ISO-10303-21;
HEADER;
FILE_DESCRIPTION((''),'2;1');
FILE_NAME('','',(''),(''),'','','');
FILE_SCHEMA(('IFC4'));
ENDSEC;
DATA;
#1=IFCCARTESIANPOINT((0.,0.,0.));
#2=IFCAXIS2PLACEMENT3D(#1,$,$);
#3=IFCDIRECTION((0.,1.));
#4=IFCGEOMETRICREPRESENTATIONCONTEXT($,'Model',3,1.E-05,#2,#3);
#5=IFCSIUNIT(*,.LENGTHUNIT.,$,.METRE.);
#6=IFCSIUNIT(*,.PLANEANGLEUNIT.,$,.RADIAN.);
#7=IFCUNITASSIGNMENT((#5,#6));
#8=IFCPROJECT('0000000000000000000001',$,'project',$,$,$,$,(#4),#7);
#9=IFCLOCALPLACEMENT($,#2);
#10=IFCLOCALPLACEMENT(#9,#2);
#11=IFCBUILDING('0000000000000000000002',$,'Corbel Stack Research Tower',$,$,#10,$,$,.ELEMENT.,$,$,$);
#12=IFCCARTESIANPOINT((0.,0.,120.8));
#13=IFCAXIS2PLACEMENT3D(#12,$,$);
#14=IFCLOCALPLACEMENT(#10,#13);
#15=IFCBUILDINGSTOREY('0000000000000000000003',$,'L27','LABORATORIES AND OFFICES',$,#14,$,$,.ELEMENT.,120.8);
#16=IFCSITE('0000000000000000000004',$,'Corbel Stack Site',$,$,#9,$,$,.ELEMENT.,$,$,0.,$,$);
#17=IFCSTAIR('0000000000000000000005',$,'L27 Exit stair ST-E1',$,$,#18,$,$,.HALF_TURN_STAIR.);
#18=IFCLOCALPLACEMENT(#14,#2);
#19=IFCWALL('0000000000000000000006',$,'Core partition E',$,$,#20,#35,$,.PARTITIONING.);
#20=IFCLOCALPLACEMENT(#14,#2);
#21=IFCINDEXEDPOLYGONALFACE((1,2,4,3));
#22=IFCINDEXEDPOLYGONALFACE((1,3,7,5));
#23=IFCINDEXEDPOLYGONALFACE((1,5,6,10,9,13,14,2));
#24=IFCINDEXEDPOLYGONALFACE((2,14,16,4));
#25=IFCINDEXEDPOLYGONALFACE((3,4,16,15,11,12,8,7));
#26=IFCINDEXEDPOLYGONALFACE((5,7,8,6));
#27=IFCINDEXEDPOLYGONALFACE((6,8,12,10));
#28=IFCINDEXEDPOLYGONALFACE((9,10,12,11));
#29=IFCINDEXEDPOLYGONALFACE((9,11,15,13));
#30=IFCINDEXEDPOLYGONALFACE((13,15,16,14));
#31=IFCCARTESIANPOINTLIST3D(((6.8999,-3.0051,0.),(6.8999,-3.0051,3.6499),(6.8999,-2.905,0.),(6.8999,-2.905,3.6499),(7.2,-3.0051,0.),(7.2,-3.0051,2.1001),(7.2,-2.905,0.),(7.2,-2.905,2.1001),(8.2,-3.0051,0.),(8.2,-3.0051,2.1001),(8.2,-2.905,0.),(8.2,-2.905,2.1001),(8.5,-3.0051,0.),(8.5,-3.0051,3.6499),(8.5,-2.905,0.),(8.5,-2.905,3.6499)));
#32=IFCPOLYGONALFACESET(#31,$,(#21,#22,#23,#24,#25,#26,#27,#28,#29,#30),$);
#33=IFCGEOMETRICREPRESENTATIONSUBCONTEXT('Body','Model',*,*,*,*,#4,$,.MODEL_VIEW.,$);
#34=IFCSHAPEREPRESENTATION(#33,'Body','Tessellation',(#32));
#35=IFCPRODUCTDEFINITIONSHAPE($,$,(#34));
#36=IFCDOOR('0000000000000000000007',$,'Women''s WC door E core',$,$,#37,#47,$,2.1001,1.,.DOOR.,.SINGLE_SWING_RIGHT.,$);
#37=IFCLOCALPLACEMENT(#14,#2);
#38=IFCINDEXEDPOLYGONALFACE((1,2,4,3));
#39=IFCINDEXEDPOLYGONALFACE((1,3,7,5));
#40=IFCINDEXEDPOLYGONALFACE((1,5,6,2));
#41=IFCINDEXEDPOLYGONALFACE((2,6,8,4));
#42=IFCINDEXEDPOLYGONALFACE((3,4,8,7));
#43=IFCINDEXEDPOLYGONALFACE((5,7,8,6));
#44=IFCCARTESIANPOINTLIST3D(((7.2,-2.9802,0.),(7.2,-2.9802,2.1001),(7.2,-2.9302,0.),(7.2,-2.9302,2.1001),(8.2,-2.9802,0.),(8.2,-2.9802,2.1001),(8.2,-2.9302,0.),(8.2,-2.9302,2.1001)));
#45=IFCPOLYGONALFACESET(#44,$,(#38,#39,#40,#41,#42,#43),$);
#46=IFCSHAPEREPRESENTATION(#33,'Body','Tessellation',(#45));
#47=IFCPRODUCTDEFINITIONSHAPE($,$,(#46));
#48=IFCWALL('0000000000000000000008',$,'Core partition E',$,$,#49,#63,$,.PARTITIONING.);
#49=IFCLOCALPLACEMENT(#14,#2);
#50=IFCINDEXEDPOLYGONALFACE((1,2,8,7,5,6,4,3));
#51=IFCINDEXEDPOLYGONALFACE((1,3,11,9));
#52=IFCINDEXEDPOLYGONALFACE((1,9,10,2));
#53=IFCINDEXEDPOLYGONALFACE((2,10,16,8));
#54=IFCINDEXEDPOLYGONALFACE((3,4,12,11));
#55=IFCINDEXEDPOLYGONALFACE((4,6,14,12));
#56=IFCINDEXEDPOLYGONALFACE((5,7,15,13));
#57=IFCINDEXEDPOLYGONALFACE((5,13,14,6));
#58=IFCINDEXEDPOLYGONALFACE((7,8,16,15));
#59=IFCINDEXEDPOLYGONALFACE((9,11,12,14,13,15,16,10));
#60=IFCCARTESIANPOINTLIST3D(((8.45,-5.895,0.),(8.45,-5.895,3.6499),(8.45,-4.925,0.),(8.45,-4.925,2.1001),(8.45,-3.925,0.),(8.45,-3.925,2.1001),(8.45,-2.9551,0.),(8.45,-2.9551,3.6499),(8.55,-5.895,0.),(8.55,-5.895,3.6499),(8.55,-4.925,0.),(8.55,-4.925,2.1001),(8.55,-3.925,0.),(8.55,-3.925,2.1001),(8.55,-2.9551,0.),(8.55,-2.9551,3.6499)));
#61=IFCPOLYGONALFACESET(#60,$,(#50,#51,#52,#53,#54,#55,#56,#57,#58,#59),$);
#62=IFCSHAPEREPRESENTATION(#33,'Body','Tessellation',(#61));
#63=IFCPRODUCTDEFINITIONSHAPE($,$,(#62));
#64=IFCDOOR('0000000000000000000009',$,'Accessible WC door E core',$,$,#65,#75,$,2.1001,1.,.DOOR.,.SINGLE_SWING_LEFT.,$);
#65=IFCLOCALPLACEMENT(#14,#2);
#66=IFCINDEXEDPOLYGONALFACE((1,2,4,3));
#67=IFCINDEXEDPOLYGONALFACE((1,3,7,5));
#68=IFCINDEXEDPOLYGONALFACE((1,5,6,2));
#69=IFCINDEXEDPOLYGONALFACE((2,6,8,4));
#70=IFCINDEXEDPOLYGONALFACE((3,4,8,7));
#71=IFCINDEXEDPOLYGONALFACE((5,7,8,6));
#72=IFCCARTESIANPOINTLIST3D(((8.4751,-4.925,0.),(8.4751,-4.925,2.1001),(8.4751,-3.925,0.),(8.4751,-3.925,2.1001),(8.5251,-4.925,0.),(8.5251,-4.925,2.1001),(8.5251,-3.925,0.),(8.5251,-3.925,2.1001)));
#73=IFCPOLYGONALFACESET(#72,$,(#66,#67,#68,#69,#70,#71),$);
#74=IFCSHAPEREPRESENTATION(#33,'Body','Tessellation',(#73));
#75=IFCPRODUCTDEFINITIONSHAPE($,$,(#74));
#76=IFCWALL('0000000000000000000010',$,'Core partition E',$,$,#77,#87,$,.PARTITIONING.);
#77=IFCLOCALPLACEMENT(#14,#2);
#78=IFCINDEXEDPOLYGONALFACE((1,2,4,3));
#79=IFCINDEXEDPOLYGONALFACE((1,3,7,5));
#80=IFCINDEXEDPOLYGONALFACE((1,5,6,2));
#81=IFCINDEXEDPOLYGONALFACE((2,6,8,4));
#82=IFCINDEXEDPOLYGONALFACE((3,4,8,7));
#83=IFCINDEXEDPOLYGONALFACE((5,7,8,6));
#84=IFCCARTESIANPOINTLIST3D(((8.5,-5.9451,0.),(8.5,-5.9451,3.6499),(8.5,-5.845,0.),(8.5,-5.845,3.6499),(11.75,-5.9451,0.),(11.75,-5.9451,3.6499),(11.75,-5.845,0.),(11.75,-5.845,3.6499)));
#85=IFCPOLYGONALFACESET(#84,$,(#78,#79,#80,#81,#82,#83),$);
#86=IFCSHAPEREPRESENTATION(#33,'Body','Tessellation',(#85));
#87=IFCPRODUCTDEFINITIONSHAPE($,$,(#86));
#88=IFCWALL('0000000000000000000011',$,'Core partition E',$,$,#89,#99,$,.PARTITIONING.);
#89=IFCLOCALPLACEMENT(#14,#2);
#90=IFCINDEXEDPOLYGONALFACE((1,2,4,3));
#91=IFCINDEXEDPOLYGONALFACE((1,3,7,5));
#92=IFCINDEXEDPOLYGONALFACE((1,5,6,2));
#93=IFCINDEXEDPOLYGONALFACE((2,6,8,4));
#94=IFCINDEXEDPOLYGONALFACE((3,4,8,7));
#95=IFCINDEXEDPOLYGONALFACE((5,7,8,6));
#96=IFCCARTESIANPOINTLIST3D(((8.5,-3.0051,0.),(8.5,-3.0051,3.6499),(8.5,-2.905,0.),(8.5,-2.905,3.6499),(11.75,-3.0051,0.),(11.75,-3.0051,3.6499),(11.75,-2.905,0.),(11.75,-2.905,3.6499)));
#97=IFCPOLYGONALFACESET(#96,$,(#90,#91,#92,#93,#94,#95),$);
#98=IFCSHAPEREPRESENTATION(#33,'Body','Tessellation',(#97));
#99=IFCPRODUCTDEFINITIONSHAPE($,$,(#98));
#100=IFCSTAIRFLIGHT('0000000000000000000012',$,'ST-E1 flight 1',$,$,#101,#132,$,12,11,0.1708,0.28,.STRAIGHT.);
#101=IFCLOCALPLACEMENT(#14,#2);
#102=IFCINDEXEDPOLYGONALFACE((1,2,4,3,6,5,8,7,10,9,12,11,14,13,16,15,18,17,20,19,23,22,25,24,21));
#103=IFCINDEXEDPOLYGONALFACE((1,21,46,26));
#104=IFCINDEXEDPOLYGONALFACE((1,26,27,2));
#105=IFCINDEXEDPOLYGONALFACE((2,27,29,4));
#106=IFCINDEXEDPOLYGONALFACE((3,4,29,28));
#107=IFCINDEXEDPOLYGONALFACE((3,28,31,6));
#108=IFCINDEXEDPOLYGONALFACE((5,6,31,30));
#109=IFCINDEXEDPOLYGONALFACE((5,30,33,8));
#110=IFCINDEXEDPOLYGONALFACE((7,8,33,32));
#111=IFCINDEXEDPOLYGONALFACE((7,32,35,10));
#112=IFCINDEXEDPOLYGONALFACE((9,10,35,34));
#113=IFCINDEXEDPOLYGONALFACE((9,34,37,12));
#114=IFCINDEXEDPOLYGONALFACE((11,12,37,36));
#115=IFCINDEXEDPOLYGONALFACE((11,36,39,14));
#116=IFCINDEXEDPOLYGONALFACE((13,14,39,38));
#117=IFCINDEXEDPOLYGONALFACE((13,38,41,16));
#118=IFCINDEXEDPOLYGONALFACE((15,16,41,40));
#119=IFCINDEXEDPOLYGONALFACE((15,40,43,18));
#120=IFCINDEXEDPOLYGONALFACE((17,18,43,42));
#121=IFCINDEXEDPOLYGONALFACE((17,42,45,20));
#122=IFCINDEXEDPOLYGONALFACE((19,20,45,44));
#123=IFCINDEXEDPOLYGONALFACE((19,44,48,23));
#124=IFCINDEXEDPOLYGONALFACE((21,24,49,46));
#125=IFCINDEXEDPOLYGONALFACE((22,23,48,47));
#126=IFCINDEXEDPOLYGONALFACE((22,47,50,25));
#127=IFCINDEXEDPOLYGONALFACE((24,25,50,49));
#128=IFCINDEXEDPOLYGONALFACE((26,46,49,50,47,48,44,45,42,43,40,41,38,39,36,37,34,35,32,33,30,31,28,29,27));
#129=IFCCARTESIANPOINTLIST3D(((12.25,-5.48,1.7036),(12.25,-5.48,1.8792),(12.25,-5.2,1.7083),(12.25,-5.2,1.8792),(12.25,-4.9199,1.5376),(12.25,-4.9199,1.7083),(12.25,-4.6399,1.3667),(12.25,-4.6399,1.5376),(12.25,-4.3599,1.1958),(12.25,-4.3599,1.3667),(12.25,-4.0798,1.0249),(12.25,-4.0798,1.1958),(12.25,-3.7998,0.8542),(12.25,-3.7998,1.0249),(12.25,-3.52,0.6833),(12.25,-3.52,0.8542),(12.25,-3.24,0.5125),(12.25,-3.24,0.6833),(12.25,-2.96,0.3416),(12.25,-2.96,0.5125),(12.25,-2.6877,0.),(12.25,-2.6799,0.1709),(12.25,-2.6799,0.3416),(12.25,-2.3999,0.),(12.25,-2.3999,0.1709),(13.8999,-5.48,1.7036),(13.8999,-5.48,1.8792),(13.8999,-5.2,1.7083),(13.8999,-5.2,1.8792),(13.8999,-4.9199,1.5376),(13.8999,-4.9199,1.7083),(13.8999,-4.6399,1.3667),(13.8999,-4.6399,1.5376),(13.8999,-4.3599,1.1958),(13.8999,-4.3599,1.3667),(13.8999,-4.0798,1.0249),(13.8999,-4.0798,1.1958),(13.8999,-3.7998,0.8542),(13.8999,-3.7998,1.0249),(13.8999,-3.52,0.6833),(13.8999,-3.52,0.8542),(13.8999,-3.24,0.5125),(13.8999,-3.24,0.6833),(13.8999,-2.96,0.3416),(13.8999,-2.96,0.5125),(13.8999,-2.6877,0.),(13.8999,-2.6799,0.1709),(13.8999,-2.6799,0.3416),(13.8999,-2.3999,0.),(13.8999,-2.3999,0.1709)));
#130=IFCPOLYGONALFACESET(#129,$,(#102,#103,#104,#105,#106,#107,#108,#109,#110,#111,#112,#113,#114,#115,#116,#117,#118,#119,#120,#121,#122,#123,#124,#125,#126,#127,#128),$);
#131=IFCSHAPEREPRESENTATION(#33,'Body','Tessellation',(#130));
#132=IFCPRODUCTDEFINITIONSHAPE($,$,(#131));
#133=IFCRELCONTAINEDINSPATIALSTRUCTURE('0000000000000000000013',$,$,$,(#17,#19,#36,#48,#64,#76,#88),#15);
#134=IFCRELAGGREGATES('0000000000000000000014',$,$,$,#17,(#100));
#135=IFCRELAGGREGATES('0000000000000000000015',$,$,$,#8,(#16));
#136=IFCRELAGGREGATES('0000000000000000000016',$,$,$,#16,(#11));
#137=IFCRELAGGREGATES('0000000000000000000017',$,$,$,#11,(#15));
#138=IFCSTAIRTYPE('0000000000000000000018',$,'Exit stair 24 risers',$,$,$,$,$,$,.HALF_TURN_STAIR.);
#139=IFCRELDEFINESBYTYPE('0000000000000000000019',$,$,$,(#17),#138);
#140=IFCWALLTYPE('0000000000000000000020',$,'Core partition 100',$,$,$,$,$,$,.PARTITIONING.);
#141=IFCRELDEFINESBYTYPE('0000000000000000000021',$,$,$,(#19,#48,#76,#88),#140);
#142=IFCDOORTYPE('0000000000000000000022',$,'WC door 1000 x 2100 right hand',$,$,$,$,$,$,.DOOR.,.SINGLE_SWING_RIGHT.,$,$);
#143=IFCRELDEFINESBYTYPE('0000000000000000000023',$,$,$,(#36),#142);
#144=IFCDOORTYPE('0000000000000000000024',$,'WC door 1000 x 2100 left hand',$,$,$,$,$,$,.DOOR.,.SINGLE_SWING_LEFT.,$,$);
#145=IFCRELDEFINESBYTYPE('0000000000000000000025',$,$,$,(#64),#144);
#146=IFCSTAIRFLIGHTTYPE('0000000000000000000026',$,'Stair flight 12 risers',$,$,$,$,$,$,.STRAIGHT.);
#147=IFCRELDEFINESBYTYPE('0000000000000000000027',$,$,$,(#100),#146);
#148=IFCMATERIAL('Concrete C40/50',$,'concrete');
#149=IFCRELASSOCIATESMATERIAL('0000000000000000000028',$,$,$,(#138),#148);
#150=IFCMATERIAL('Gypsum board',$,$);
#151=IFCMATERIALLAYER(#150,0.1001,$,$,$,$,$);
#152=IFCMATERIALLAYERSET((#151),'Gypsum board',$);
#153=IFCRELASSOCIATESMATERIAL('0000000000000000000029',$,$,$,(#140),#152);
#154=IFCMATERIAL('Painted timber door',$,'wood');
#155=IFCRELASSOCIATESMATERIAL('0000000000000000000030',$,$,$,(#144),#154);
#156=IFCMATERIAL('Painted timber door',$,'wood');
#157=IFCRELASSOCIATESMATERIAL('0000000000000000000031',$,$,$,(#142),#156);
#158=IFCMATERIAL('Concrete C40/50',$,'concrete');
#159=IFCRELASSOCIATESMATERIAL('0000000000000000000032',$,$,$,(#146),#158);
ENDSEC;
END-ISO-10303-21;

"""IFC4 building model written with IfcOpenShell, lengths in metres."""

from ifc_helpers import new_model, si_unit, direction, frame, frame_2d, origin, place, context, subcontext, project, spatial, polyline, rectangle, outline, extrude, material, layer, layer_set, type_object, element, fill, aggregate, save


model = new_model("IFC4")

# Units and contexts
model_context = context("Model", 3, precision=1e-05, world=origin(), true_north=direction((0.0, 1.0)))
body_context = subcontext(model_context, "Body", "Model", "MODEL_VIEW")
ifc_project = project(units=[si_unit("LENGTHUNIT", "METRE"), si_unit("PLANEANGLEUNIT", "RADIAN")], contexts=[model_context])

# Site, building, storey
site_placement = place(None, origin())
site = spatial("IfcSite", under=ifc_project, at=site_placement, Name="Corbel Stack Site", CompositionType="ELEMENT", RefElevation=0.0)
building_placement = place(site_placement, origin())
building = spatial("IfcBuilding", under=site, at=building_placement, Name="Corbel Stack Research Tower", CompositionType="ELEMENT")
storey_placement = place(building_placement, frame((0.0, 0.0, 120.8)))
storey = spatial("IfcBuildingStorey", under=building, at=storey_placement, Name="L27", Description="LABORATORIES AND OFFICES", CompositionType="ELEMENT", Elevation=120.8)

# Stair
ifc_material_1 = material(Name="Concrete C40/50", Category="concrete")
stair_type = type_object("IfcStairType", Name="Exit stair 24 risers", PredefinedType="HALF_TURN_STAIR", material=ifc_material_1)
stair_1_placement = place(storey_placement, origin())
stair_1 = element("IfcStair", 1, at=stair_1_placement, inside=storey, type_object=stair_type, Name="L27 Exit stair ST-E1", PredefinedType="HALF_TURN_STAIR")

# Walls, openings, doors
ifc_material_2 = material(Name="Gypsum board")
ifc_layer_1 = layer(ifc_material_2, 0.1001)
ifc_layer_set_1 = layer_set([ifc_layer_1], Name="Gypsum board")
wall_type_1 = type_object("IfcWallType", Name="Core partition 100", PredefinedType="PARTITIONING", material=ifc_layer_set_1)
ifc_material_3 = material(Name="Painted timber door", Category="wood")
door_type_1 = type_object("IfcDoorType", Name="WC door 1000 x 2100 left hand", OperationType="SINGLE_SWING_LEFT", PredefinedType="DOOR", material=ifc_material_3)
wall_1_placement = place(storey_placement, frame((6.8999, -2.9551, 0.0), z_axis=(0.0, 0.0, 1.0), x_axis=(1.0, 0.0, 0.0)))
wall_1 = element("IfcWall", 2, at=wall_1_placement, inside=storey, type_object=wall_type_1, Name="Core partition E", PredefinedType="PARTITIONING", context=body_context, shape_type="SweptSolid", body=[
    extrude(rectangle(XDim=1.6001, YDim=0.1001, at=frame_2d((0.8, 0.0))), origin(), (0.0, 0.0, 1.0), 3.6499),
])
opening_1_placement = place(wall_1_placement, frame((0.3, 0.0, 0.0)))
opening_1 = element("IfcOpeningElement", 3, at=opening_1_placement, cuts=wall_1, PredefinedType="OPENING", context=body_context, shape_type="SweptSolid", body=[
    extrude(rectangle(XDim=1.0, YDim=2.1001, at=frame_2d((0.5, 1.05))), frame((0.0, 0.0601, 0.0), z_axis=(0.0, -1.0, 0.0), x_axis=(1.0, 0.0, 0.0)), (0.0, 0.0, 1.0), 0.1201),
])
ifc_material_4 = material(Name="Painted timber door", Category="wood")
door_type_2 = type_object("IfcDoorType", Name="WC door 1000 x 2100 right hand", OperationType="SINGLE_SWING_RIGHT", PredefinedType="DOOR", material=ifc_material_4)
door_1_placement = place(opening_1_placement, origin())
door_1 = element("IfcDoor", 4, at=door_1_placement, inside=storey, type_object=door_type_2, Name="Women's WC door E core", OperationType="SINGLE_SWING_RIGHT", OverallHeight=2.1001, OverallWidth=1.0, PredefinedType="DOOR", context=body_context, shape_type="SweptSolid", body=[
    extrude(rectangle(XDim=1.0, YDim=2.1001, at=frame_2d((0.5, 1.05))), frame((0.0, 0.0249, 0.0), z_axis=(0.0, -1.0, 0.0), x_axis=(1.0, 0.0, 0.0)), (0.0, 0.0, 1.0), 0.05),
])
fill(opening_1, door_1)
wall_2_placement = place(storey_placement, frame((8.5, -5.895, 0.0), z_axis=(0.0, 0.0, 1.0), x_axis=(0.0, 1.0, 0.0)))
wall_2 = element("IfcWall", 5, at=wall_2_placement, inside=storey, type_object=wall_type_1, Name="Core partition E", PredefinedType="PARTITIONING", context=body_context, shape_type="SweptSolid", body=[
    extrude(rectangle(XDim=2.9399, YDim=0.1001, at=frame_2d((1.47, 0.0))), origin(), (0.0, 0.0, 1.0), 3.6499),
])
opening_2_placement = place(wall_2_placement, frame((0.97, 0.0, 0.0)))
opening_2 = element("IfcOpeningElement", 6, at=opening_2_placement, cuts=wall_2, PredefinedType="OPENING", context=body_context, shape_type="SweptSolid", body=[
    extrude(rectangle(XDim=1.0, YDim=2.1001, at=frame_2d((0.5, 1.05))), frame((0.0, 0.0601, 0.0), z_axis=(0.0, -1.0, 0.0), x_axis=(1.0, 0.0, 0.0)), (0.0, 0.0, 1.0), 0.1201),
])
door_2_placement = place(opening_2_placement, origin())
door_2 = element("IfcDoor", 7, at=door_2_placement, inside=storey, type_object=door_type_1, Name="Accessible WC door E core", OperationType="SINGLE_SWING_LEFT", OverallHeight=2.1001, OverallWidth=1.0, PredefinedType="DOOR", context=body_context, shape_type="SweptSolid", body=[
    extrude(rectangle(XDim=1.0, YDim=2.1001, at=frame_2d((0.5, 1.05))), frame((0.0, 0.0249, 0.0), z_axis=(0.0, -1.0, 0.0), x_axis=(1.0, 0.0, 0.0)), (0.0, 0.0, 1.0), 0.05),
])
fill(opening_2, door_2)

# Walls
for number, where, z_axis, x_axis, name in (
    (8, (8.5, -5.895, 0.0), (0.0, 0.0, 1.0), (1.0, 0.0, 0.0), "Core partition E"),
    (9, (8.5, -2.9551, 0.0), (0.0, 0.0, 1.0), (1.0, 0.0, 0.0), "Core partition E"),
):
    element("IfcWall", number, at=place(storey_placement, frame(where, z_axis=z_axis, x_axis=x_axis)), inside=storey, type_object=wall_type_1, Name=name, PredefinedType="PARTITIONING", context=body_context, shape_type="SweptSolid", body=[
        extrude(rectangle(XDim=3.25, YDim=0.1001, at=frame_2d((1.625, 0.0))), origin(), (0.0, 0.0, 1.0), 3.6499),
    ])

# Stair flight
ifc_material_5 = material(Name="Concrete C40/50", Category="concrete")
stair_flight_type = type_object("IfcStairFlightType", Name="Stair flight 12 risers", PredefinedType="STRAIGHT", material=ifc_material_5)
stair_flight_placement = place(storey_placement, frame((13.075, -2.3999, 0.0), z_axis=(0.0, 0.0, 1.0), x_axis=(0.0, -1.0, 0.0)))
stair_flight = element("IfcStairFlight", 10, at=stair_flight_placement, type_object=stair_flight_type, Name="ST-E1 flight 1", NumberOfRisers=12, NumberOfTreads=11, PredefinedType="STRAIGHT", RiserHeight=0.1708, TreadLength=0.28, context=body_context, shape_type="SweptSolid", body=[
    extrude(outline(polyline([(0.0, 0.0), (0.0, 0.1709), (0.28, 0.1709), (0.28, 0.3416), (0.5601, 0.3416), (0.5601, 0.5125), (0.8401, 0.5125), (0.8401, 0.6833), (1.1201, 0.6833), (1.1201, 0.8542), (1.3999, 0.8542), (1.3999, 1.0249), (1.6799, 1.0249), (1.6799, 1.1958), (1.96, 1.1958), (1.96, 1.3667), (2.24, 1.3667), (2.24, 1.5376), (2.52, 1.5376), (2.52, 1.7083), (2.8, 1.7083), (2.8, 1.8792), (3.0801, 1.8792), (3.0801, 2.05), (3.0801, 1.7036), (0.2878, 0.0), (0.0, 0.0)])), frame((0.0, 0.825, 0.0), z_axis=(0.0, -1.0, 0.0), x_axis=(1.0, 0.0, 0.0)), (0.0, 0.0, 1.0), 1.6499),
])
aggregate(stair_1, [stair_flight])

save(model, "model.ifc")
